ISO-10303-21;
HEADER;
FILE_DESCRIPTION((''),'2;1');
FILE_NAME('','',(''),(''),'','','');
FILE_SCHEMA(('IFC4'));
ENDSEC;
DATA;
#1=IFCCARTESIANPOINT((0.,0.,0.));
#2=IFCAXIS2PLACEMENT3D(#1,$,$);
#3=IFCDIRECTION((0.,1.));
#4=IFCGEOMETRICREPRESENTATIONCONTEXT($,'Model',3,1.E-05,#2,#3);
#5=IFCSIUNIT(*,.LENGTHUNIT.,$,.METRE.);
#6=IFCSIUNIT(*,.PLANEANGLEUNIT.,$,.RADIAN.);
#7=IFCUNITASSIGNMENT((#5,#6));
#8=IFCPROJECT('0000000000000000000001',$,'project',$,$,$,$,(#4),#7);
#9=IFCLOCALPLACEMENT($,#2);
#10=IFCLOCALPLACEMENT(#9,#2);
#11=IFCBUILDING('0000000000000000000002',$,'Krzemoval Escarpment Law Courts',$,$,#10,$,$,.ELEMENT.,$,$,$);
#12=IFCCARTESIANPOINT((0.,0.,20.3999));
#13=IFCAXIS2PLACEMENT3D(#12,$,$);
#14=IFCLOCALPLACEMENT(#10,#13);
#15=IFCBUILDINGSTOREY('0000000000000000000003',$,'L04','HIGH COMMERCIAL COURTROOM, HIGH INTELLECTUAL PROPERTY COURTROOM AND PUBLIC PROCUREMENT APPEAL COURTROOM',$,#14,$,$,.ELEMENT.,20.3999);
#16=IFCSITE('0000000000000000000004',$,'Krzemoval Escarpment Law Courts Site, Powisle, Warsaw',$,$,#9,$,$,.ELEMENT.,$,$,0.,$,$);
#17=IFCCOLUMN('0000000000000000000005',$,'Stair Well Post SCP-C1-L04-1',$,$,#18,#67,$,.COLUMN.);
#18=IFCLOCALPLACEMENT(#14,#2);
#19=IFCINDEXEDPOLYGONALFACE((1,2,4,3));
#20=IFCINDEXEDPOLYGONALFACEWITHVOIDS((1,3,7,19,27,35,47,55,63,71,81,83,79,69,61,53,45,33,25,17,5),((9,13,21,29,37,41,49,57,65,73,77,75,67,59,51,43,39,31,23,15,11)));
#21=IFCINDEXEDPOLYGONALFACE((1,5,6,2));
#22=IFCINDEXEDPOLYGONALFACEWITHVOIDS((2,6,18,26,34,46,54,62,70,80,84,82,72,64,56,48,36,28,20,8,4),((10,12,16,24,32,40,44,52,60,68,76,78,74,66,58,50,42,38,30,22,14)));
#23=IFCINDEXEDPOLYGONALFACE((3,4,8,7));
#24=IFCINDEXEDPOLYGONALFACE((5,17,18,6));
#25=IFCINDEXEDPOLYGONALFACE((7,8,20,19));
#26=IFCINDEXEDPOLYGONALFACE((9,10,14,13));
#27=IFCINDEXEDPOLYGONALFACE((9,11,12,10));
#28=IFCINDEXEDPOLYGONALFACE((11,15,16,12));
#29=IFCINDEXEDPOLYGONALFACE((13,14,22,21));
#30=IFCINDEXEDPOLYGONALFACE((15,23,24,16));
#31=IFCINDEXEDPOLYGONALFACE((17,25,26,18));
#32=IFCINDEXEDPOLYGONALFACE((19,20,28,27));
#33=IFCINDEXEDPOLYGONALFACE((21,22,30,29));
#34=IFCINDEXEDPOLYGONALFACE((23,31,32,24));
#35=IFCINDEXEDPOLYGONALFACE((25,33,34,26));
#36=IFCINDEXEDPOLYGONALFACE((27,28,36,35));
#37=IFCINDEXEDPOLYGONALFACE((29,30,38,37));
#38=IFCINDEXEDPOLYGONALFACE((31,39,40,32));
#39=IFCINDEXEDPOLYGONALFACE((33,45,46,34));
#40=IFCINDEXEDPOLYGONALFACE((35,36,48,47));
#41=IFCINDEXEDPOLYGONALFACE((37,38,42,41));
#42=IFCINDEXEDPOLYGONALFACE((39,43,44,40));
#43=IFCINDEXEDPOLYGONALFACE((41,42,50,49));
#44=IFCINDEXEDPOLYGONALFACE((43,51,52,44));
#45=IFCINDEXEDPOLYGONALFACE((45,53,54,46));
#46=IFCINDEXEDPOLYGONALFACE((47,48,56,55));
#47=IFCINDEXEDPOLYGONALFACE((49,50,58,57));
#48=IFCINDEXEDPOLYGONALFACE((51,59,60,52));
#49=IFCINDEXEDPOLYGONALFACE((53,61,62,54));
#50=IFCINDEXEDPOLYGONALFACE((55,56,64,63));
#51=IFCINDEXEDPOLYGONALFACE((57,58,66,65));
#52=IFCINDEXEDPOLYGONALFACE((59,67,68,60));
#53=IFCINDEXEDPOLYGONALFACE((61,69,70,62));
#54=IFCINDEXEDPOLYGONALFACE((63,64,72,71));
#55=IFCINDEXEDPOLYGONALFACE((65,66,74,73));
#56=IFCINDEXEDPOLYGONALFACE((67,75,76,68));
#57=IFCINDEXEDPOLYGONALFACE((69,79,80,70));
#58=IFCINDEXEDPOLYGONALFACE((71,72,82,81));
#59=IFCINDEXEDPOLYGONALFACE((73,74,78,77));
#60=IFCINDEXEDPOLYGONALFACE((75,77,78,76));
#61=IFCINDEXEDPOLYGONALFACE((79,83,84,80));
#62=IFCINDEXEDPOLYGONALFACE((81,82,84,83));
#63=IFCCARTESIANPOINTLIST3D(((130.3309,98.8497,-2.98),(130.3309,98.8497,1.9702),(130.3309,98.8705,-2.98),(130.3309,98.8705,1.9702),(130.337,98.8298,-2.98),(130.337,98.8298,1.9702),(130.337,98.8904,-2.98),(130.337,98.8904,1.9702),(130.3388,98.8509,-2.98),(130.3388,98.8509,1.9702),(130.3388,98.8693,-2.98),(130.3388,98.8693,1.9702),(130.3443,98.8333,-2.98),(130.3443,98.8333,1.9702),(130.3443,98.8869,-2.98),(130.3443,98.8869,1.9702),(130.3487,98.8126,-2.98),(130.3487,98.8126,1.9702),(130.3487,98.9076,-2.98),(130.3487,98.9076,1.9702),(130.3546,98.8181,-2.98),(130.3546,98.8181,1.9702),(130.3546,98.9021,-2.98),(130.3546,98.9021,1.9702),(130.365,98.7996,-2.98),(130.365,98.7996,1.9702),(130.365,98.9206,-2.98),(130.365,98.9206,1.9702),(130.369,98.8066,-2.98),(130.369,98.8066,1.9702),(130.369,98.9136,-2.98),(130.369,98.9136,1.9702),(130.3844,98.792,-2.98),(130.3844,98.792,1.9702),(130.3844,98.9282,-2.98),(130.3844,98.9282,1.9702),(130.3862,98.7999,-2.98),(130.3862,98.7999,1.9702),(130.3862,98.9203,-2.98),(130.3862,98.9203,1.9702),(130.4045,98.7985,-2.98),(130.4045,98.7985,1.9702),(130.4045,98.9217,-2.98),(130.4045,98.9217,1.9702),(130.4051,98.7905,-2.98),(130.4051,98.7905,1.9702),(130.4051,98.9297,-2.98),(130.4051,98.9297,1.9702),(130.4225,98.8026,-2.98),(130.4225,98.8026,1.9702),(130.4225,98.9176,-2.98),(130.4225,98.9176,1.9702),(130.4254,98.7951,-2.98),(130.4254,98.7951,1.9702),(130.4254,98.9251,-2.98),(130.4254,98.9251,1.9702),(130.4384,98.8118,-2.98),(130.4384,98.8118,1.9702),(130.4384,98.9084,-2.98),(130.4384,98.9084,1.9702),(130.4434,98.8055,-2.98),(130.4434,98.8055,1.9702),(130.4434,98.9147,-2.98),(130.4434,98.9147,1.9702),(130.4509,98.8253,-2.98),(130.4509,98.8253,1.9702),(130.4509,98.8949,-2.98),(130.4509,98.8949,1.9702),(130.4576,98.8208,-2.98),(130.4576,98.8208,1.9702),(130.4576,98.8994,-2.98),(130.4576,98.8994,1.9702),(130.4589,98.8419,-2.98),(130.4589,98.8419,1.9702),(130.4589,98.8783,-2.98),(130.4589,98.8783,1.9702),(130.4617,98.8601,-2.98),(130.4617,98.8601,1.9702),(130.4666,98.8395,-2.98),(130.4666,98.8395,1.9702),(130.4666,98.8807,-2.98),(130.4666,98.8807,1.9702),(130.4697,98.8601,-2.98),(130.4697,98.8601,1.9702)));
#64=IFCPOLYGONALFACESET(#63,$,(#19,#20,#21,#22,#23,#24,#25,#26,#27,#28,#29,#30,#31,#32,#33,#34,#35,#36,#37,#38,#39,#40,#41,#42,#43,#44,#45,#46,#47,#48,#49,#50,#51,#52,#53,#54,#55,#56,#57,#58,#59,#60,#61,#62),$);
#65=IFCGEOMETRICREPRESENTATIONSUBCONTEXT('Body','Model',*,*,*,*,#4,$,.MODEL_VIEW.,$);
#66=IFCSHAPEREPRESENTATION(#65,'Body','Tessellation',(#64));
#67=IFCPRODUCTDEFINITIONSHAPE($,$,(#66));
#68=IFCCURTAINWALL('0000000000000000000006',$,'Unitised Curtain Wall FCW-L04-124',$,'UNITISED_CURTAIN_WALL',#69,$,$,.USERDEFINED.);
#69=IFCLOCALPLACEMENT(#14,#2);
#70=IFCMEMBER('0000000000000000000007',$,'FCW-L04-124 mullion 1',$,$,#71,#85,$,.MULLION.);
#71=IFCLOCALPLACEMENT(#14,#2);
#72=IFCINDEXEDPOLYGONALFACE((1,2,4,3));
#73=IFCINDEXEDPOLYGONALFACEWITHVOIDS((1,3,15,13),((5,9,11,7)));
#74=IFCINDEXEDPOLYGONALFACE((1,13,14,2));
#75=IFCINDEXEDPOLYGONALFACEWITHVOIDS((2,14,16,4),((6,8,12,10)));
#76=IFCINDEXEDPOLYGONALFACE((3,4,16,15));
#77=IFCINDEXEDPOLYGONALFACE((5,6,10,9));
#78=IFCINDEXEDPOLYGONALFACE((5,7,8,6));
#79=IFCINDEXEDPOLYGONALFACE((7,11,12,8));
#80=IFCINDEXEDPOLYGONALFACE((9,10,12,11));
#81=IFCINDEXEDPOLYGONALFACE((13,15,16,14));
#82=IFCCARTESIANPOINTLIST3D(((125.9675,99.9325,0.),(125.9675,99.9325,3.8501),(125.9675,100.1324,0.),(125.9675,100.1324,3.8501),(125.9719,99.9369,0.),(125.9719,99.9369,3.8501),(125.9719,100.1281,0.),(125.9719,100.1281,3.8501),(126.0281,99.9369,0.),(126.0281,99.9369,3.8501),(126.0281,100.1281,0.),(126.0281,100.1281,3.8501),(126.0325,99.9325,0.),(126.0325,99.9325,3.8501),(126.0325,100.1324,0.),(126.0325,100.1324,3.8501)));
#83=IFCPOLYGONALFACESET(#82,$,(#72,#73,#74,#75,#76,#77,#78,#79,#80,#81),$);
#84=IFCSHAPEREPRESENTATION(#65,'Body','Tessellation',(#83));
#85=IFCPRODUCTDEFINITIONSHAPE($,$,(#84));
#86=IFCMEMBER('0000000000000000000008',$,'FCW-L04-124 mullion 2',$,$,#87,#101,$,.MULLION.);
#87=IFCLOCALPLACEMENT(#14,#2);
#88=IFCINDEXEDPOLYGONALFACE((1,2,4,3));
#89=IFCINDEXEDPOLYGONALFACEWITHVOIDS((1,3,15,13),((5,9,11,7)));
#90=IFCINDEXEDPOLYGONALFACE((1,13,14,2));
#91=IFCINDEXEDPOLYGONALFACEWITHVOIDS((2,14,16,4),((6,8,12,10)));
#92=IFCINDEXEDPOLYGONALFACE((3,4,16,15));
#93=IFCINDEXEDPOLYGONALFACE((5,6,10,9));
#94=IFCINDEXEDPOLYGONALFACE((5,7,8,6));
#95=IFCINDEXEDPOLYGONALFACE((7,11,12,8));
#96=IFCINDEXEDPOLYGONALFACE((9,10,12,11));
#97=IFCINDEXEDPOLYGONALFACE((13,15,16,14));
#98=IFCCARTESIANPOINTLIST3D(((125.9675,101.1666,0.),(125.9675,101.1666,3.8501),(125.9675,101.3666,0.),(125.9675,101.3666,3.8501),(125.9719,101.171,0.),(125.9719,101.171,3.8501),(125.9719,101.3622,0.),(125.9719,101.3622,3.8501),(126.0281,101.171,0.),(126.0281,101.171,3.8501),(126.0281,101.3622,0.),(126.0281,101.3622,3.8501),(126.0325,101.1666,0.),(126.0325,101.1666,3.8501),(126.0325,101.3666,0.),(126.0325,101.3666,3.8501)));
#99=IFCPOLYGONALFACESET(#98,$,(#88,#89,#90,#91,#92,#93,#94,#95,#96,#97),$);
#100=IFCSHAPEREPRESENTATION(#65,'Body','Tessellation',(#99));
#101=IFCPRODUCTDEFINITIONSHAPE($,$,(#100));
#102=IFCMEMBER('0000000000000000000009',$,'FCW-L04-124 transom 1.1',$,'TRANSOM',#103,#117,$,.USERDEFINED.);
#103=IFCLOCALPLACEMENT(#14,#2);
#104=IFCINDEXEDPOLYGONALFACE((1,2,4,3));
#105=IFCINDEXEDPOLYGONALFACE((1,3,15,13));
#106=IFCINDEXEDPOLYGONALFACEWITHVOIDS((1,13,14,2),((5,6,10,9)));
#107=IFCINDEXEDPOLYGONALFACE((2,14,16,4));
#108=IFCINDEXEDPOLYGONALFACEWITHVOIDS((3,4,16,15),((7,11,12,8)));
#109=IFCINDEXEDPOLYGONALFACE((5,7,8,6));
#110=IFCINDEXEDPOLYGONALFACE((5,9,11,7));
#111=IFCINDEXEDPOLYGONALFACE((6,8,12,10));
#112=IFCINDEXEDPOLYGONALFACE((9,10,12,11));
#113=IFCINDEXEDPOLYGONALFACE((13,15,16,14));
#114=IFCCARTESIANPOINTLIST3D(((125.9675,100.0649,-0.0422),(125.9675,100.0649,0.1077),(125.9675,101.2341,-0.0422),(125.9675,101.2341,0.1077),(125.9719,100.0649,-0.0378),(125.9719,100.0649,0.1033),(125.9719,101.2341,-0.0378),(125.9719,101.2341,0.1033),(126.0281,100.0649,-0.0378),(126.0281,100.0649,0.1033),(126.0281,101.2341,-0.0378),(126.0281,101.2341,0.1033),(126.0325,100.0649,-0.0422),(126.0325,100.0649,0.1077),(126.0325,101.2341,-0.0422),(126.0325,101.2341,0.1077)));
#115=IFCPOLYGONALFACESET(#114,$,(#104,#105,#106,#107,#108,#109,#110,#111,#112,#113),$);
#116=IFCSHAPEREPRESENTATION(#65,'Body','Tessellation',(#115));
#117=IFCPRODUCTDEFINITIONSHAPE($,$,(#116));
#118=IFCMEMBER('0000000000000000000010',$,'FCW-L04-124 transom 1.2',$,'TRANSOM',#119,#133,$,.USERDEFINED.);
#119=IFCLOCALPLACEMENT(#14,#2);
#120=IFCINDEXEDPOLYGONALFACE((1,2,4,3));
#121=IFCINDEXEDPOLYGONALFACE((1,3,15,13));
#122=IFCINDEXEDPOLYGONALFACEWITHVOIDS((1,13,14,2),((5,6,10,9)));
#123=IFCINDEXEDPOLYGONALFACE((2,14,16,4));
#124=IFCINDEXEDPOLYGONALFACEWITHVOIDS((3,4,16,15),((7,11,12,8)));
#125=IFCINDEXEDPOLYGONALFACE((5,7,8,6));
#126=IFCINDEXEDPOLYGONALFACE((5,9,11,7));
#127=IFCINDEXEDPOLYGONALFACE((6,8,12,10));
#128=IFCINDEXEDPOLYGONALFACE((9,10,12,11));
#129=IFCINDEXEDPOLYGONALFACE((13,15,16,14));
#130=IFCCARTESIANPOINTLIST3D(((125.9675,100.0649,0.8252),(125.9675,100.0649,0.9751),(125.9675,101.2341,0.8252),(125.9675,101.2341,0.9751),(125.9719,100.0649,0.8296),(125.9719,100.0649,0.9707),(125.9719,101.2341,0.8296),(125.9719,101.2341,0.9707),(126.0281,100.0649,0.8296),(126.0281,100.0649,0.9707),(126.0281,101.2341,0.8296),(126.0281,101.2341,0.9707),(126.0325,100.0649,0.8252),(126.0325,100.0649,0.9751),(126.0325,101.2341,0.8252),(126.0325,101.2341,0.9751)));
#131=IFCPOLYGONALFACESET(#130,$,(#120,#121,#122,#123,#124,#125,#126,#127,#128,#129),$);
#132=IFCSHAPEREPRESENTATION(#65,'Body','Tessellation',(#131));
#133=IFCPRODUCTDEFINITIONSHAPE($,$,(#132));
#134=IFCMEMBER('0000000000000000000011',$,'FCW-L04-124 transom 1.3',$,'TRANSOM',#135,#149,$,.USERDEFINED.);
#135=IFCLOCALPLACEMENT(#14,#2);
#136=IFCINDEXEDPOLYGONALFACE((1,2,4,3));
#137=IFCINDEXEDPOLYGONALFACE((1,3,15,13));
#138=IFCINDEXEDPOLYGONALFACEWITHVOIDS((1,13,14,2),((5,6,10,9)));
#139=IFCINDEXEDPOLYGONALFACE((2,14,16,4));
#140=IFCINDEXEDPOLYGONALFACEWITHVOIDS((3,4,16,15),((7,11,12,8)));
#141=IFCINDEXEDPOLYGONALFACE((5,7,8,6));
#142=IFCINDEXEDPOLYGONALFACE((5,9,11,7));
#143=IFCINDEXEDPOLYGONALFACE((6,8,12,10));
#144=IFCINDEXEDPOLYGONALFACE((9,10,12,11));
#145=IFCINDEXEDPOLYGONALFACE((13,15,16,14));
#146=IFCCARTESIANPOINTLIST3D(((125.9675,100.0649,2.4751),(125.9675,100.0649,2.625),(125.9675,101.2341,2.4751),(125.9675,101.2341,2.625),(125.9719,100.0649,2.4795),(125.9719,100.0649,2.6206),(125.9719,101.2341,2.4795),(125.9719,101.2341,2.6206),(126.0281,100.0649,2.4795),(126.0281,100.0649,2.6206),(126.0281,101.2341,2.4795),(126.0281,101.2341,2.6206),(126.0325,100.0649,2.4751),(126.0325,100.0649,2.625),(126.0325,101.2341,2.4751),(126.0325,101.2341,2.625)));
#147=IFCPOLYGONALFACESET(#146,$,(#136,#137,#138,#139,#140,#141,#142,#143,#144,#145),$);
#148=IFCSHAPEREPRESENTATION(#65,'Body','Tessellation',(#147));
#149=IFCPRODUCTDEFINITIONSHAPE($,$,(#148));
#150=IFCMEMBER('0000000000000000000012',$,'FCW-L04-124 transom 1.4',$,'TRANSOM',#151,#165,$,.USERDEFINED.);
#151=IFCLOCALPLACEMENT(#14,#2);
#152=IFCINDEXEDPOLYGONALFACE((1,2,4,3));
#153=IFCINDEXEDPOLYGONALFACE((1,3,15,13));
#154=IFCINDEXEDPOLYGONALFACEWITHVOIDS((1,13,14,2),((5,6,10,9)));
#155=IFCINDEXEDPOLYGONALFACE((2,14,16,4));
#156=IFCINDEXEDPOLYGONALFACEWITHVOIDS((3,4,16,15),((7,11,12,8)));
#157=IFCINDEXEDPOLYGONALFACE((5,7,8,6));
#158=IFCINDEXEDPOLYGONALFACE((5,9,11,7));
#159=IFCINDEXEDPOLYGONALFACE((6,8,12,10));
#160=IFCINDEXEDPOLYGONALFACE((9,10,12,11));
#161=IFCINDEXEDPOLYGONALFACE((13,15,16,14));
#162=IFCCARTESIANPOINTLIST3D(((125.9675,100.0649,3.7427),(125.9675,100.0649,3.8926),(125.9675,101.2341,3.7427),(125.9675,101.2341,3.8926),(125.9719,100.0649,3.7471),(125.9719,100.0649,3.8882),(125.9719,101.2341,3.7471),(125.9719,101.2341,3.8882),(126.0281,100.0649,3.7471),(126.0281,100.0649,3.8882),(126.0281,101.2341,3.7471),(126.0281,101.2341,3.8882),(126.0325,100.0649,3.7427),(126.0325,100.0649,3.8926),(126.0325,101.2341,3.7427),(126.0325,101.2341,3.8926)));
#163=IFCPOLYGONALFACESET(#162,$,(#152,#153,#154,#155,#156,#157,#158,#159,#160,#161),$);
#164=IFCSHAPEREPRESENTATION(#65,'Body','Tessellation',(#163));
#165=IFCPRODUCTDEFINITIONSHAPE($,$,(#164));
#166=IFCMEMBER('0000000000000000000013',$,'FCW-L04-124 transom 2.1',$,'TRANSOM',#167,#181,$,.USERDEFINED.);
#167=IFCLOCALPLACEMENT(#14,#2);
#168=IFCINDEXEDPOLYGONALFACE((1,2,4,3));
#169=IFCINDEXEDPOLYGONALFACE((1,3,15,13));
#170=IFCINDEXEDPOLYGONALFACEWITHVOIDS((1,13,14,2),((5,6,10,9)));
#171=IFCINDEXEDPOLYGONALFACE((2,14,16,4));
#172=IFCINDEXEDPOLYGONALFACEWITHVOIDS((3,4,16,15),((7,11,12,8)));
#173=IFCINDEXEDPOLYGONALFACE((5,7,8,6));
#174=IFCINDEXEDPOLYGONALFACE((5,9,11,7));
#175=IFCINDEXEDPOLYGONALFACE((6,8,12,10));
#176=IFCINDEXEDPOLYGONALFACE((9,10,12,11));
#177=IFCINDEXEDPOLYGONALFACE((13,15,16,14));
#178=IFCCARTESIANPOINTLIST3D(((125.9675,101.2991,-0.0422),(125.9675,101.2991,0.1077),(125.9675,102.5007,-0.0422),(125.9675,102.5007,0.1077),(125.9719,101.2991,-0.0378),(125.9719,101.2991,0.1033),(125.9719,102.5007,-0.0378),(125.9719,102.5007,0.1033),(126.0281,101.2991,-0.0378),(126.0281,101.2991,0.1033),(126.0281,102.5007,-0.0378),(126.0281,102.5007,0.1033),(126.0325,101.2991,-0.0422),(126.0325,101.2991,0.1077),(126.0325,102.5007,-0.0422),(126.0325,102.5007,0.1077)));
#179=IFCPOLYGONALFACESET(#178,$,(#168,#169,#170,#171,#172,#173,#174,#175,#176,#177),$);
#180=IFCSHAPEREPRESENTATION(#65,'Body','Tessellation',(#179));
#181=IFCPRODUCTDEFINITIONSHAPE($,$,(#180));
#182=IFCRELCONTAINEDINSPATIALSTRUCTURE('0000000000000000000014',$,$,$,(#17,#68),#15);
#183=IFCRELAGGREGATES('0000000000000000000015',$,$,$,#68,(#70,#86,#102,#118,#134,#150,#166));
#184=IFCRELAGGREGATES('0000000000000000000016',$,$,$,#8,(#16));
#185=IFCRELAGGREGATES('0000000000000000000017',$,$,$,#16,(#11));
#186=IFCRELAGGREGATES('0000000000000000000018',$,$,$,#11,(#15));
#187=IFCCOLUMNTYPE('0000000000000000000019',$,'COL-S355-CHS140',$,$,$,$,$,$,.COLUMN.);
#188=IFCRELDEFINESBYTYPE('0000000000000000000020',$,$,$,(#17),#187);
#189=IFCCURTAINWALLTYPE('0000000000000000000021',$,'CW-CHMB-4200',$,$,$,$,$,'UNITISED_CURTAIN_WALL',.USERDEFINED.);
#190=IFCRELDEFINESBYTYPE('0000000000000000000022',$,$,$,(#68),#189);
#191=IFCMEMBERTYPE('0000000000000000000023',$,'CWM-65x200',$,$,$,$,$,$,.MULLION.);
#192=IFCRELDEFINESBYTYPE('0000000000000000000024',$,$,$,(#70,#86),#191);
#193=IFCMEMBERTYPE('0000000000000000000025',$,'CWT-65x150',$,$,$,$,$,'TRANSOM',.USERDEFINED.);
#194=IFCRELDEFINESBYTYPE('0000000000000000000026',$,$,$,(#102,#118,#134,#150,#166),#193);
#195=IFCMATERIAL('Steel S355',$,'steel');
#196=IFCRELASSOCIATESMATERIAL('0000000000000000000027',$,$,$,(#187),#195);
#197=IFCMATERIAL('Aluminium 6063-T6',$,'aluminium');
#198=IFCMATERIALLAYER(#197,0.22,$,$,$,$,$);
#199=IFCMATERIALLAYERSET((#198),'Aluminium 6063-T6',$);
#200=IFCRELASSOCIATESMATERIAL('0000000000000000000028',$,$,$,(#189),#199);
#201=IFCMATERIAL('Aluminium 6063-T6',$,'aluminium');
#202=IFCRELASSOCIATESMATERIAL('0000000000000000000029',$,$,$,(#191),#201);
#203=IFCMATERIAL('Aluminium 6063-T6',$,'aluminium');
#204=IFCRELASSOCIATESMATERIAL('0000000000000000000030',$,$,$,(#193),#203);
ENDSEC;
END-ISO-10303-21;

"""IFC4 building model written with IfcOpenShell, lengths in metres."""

from ifc_helpers import new_model, si_unit, direction, frame, origin, origin_2d, place, context, subcontext, project, spatial, hollow_rectangle, hollow_circle, extrude, material, layer, layer_set, material_profile, profile_set, type_object, element, aggregate, save


model = new_model("IFC4")

# Units and contexts
model_context = context("Model", 3, precision=1e-05, world=origin(), true_north=direction((0.0, 1.0)))
body_context = subcontext(model_context, "Body", "Model", "MODEL_VIEW")
ifc_project = project(units=[si_unit("LENGTHUNIT", "METRE"), si_unit("PLANEANGLEUNIT", "RADIAN")], contexts=[model_context])

# Site, building, storey
site_placement = place(None, origin())
site = spatial("IfcSite", under=ifc_project, at=site_placement, Name="Krzemoval Escarpment Law Courts Site, Powisle, Warsaw", CompositionType="ELEMENT", RefElevation=0.0)
building_placement = place(site_placement, origin())
building = spatial("IfcBuilding", under=site, at=building_placement, Name="Krzemoval Escarpment Law Courts", CompositionType="ELEMENT")
storey_placement = place(building_placement, frame((0.0, 0.0, 20.3999)))
storey = spatial("IfcBuildingStorey", under=building, at=storey_placement, Name="L04", Description="HIGH COMMERCIAL COURTROOM, HIGH INTELLECTUAL PROPERTY COURTROOM AND PUBLIC PROCUREMENT APPEAL COURTROOM", CompositionType="ELEMENT", Elevation=20.3999)

# Column
ifc_material_1 = material(Name="Steel S355", Category="steel")
ifc_material_profile_1 = material_profile(ifc_material_1, hollow_circle(Radius=0.0698, WallThickness=0.0081, at=origin_2d()), Name="CHS 139.7x8")
ifc_profile_set_1 = profile_set([ifc_material_profile_1], Name="Steel S355")
column_type = type_object("IfcColumnType", Name="COL-S355-CHS140", PredefinedType="COLUMN", material=ifc_profile_set_1)
column_placement = place(storey_placement, frame((130.3999, 98.8601, -2.98), z_axis=(0.0, 0.0, 1.0), x_axis=(1.0, 0.0, 0.0)))
element("IfcColumn", 1, at=column_placement, inside=storey, type_object=column_type, Name="Stair Well Post SCP-C1-L04-1", PredefinedType="COLUMN", context=body_context, shape_type="SweptSolid", body=[
    extrude(hollow_circle(Radius=0.0698, WallThickness=0.0081, at=origin_2d()), origin(), (0.0, 0.0, 1.0), 4.9502),
])

# Curtain wall, members
ifc_material_2 = material(Name="Aluminium 6063-T6", Category="aluminium")
ifc_layer_1 = layer(ifc_material_2, 0.22)
ifc_layer_set_1 = layer_set([ifc_layer_1], Name="Aluminium 6063-T6")
curtain_wall_type = type_object("IfcCurtainWallType", Name="CW-CHMB-4200", ElementType="UNITISED_CURTAIN_WALL", PredefinedType="USERDEFINED", material=ifc_layer_set_1)
curtain_wall_placement = place(storey_placement, origin())
curtain_wall = element("IfcCurtainWall", 2, at=curtain_wall_placement, inside=storey, type_object=curtain_wall_type, Name="Unitised Curtain Wall FCW-L04-124", ObjectType="UNITISED_CURTAIN_WALL", PredefinedType="USERDEFINED")
ifc_material_3 = material(Name="Aluminium 6063-T6", Category="aluminium")
ifc_material_profile_2 = material_profile(ifc_material_3, hollow_rectangle(XDim=0.0649, YDim=0.2, WallThickness=0.0044, at=origin_2d()), Name="ALU M65x200")
ifc_profile_set_2 = profile_set([ifc_material_profile_2], Name="Aluminium 6063-T6")
member_type_1 = type_object("IfcMemberType", Name="CWM-65x200", PredefinedType="MULLION", material=ifc_profile_set_2)
member_1_placement = place(storey_placement, frame((126.0, 100.0325, 0.0), z_axis=(0.0, 0.0, 1.0), x_axis=(-1.0, 0.0, 0.0)))
member_1 = element("IfcMember", 3, at=member_1_placement, type_object=member_type_1, Name="FCW-L04-124 mullion 1", PredefinedType="MULLION", context=body_context, shape_type="SweptSolid", body=[
    extrude(hollow_rectangle(XDim=0.0649, YDim=0.2, WallThickness=0.0044, at=origin_2d()), origin(), (0.0, 0.0, 1.0), 3.8501),
])
member_2_placement = place(storey_placement, frame((126.0, 101.2666, 0.0), z_axis=(0.0, 0.0, 1.0), x_axis=(-1.0, 0.0, 0.0)))
member_2 = element("IfcMember", 4, at=member_2_placement, type_object=member_type_1, Name="FCW-L04-124 mullion 2", PredefinedType="MULLION", context=body_context, shape_type="SweptSolid", body=[
    extrude(hollow_rectangle(XDim=0.0649, YDim=0.2, WallThickness=0.0044, at=origin_2d()), origin(), (0.0, 0.0, 1.0), 3.8501),
])
ifc_material_4 = material(Name="Aluminium 6063-T6", Category="aluminium")
ifc_material_profile_3 = material_profile(ifc_material_4, hollow_rectangle(XDim=0.0649, YDim=0.1499, WallThickness=0.0044, at=origin_2d()), Name="ALU T65x150")
ifc_profile_set_3 = profile_set([ifc_material_profile_3], Name="Aluminium 6063-T6")
member_type_2 = type_object("IfcMemberType", Name="CWT-65x150", ElementType="TRANSOM", PredefinedType="USERDEFINED", material=ifc_profile_set_3)
member_3_placement = place(storey_placement, frame((126.0, 100.0649, 0.0327), z_axis=(0.0, 1.0, 0.0), x_axis=(-1.0, 0.0, 0.0)))
member_3 = element("IfcMember", 5, at=member_3_placement, type_object=member_type_2, Name="FCW-L04-124 transom 1.1", ObjectType="TRANSOM", PredefinedType="USERDEFINED", context=body_context, shape_type="SweptSolid", body=[
    extrude(hollow_rectangle(XDim=0.0649, YDim=0.1499, WallThickness=0.0044, at=origin_2d()), origin(), (0.0, 0.0, 1.0), 1.1692),
])
member_4_placement = place(storey_placement, frame((126.0, 100.0649, 0.9001), z_axis=(0.0, 1.0, 0.0), x_axis=(-1.0, 0.0, 0.0)))
member_4 = element("IfcMember", 6, at=member_4_placement, type_object=member_type_2, Name="FCW-L04-124 transom 1.2", ObjectType="TRANSOM", PredefinedType="USERDEFINED", context=body_context, shape_type="SweptSolid", body=[
    extrude(hollow_rectangle(XDim=0.0649, YDim=0.1499, WallThickness=0.0044, at=origin_2d()), origin(), (0.0, 0.0, 1.0), 1.1692),
])
member_5_placement = place(storey_placement, frame((126.0, 100.0649, 2.55), z_axis=(0.0, 1.0, 0.0), x_axis=(-1.0, 0.0, 0.0)))
member_5 = element("IfcMember", 7, at=member_5_placement, type_object=member_type_2, Name="FCW-L04-124 transom 1.3", ObjectType="TRANSOM", PredefinedType="USERDEFINED", context=body_context, shape_type="SweptSolid", body=[
    extrude(hollow_rectangle(XDim=0.0649, YDim=0.1499, WallThickness=0.0044, at=origin_2d()), origin(), (0.0, 0.0, 1.0), 1.1692),
])
member_6_placement = place(storey_placement, frame((126.0, 100.0649, 3.8176), z_axis=(0.0, 1.0, 0.0), x_axis=(-1.0, 0.0, 0.0)))
member_6 = element("IfcMember", 8, at=member_6_placement, type_object=member_type_2, Name="FCW-L04-124 transom 1.4", ObjectType="TRANSOM", PredefinedType="USERDEFINED", context=body_context, shape_type="SweptSolid", body=[
    extrude(hollow_rectangle(XDim=0.0649, YDim=0.1499, WallThickness=0.0044, at=origin_2d()), origin(), (0.0, 0.0, 1.0), 1.1692),
])
member_7_placement = place(storey_placement, frame((126.0, 101.2991, 0.0327), z_axis=(0.0, 1.0, 0.0), x_axis=(-1.0, 0.0, 0.0)))
member_7 = element("IfcMember", 9, at=member_7_placement, type_object=member_type_2, Name="FCW-L04-124 transom 2.1", ObjectType="TRANSOM", PredefinedType="USERDEFINED", context=body_context, shape_type="SweptSolid", body=[
    extrude(hollow_rectangle(XDim=0.0649, YDim=0.1499, WallThickness=0.0044, at=origin_2d()), origin(), (0.0, 0.0, 1.0), 1.2017),
])

aggregate(curtain_wall, [member_1, member_2, member_3, member_4, member_5, member_6, member_7])

save(model, "model.ifc")
